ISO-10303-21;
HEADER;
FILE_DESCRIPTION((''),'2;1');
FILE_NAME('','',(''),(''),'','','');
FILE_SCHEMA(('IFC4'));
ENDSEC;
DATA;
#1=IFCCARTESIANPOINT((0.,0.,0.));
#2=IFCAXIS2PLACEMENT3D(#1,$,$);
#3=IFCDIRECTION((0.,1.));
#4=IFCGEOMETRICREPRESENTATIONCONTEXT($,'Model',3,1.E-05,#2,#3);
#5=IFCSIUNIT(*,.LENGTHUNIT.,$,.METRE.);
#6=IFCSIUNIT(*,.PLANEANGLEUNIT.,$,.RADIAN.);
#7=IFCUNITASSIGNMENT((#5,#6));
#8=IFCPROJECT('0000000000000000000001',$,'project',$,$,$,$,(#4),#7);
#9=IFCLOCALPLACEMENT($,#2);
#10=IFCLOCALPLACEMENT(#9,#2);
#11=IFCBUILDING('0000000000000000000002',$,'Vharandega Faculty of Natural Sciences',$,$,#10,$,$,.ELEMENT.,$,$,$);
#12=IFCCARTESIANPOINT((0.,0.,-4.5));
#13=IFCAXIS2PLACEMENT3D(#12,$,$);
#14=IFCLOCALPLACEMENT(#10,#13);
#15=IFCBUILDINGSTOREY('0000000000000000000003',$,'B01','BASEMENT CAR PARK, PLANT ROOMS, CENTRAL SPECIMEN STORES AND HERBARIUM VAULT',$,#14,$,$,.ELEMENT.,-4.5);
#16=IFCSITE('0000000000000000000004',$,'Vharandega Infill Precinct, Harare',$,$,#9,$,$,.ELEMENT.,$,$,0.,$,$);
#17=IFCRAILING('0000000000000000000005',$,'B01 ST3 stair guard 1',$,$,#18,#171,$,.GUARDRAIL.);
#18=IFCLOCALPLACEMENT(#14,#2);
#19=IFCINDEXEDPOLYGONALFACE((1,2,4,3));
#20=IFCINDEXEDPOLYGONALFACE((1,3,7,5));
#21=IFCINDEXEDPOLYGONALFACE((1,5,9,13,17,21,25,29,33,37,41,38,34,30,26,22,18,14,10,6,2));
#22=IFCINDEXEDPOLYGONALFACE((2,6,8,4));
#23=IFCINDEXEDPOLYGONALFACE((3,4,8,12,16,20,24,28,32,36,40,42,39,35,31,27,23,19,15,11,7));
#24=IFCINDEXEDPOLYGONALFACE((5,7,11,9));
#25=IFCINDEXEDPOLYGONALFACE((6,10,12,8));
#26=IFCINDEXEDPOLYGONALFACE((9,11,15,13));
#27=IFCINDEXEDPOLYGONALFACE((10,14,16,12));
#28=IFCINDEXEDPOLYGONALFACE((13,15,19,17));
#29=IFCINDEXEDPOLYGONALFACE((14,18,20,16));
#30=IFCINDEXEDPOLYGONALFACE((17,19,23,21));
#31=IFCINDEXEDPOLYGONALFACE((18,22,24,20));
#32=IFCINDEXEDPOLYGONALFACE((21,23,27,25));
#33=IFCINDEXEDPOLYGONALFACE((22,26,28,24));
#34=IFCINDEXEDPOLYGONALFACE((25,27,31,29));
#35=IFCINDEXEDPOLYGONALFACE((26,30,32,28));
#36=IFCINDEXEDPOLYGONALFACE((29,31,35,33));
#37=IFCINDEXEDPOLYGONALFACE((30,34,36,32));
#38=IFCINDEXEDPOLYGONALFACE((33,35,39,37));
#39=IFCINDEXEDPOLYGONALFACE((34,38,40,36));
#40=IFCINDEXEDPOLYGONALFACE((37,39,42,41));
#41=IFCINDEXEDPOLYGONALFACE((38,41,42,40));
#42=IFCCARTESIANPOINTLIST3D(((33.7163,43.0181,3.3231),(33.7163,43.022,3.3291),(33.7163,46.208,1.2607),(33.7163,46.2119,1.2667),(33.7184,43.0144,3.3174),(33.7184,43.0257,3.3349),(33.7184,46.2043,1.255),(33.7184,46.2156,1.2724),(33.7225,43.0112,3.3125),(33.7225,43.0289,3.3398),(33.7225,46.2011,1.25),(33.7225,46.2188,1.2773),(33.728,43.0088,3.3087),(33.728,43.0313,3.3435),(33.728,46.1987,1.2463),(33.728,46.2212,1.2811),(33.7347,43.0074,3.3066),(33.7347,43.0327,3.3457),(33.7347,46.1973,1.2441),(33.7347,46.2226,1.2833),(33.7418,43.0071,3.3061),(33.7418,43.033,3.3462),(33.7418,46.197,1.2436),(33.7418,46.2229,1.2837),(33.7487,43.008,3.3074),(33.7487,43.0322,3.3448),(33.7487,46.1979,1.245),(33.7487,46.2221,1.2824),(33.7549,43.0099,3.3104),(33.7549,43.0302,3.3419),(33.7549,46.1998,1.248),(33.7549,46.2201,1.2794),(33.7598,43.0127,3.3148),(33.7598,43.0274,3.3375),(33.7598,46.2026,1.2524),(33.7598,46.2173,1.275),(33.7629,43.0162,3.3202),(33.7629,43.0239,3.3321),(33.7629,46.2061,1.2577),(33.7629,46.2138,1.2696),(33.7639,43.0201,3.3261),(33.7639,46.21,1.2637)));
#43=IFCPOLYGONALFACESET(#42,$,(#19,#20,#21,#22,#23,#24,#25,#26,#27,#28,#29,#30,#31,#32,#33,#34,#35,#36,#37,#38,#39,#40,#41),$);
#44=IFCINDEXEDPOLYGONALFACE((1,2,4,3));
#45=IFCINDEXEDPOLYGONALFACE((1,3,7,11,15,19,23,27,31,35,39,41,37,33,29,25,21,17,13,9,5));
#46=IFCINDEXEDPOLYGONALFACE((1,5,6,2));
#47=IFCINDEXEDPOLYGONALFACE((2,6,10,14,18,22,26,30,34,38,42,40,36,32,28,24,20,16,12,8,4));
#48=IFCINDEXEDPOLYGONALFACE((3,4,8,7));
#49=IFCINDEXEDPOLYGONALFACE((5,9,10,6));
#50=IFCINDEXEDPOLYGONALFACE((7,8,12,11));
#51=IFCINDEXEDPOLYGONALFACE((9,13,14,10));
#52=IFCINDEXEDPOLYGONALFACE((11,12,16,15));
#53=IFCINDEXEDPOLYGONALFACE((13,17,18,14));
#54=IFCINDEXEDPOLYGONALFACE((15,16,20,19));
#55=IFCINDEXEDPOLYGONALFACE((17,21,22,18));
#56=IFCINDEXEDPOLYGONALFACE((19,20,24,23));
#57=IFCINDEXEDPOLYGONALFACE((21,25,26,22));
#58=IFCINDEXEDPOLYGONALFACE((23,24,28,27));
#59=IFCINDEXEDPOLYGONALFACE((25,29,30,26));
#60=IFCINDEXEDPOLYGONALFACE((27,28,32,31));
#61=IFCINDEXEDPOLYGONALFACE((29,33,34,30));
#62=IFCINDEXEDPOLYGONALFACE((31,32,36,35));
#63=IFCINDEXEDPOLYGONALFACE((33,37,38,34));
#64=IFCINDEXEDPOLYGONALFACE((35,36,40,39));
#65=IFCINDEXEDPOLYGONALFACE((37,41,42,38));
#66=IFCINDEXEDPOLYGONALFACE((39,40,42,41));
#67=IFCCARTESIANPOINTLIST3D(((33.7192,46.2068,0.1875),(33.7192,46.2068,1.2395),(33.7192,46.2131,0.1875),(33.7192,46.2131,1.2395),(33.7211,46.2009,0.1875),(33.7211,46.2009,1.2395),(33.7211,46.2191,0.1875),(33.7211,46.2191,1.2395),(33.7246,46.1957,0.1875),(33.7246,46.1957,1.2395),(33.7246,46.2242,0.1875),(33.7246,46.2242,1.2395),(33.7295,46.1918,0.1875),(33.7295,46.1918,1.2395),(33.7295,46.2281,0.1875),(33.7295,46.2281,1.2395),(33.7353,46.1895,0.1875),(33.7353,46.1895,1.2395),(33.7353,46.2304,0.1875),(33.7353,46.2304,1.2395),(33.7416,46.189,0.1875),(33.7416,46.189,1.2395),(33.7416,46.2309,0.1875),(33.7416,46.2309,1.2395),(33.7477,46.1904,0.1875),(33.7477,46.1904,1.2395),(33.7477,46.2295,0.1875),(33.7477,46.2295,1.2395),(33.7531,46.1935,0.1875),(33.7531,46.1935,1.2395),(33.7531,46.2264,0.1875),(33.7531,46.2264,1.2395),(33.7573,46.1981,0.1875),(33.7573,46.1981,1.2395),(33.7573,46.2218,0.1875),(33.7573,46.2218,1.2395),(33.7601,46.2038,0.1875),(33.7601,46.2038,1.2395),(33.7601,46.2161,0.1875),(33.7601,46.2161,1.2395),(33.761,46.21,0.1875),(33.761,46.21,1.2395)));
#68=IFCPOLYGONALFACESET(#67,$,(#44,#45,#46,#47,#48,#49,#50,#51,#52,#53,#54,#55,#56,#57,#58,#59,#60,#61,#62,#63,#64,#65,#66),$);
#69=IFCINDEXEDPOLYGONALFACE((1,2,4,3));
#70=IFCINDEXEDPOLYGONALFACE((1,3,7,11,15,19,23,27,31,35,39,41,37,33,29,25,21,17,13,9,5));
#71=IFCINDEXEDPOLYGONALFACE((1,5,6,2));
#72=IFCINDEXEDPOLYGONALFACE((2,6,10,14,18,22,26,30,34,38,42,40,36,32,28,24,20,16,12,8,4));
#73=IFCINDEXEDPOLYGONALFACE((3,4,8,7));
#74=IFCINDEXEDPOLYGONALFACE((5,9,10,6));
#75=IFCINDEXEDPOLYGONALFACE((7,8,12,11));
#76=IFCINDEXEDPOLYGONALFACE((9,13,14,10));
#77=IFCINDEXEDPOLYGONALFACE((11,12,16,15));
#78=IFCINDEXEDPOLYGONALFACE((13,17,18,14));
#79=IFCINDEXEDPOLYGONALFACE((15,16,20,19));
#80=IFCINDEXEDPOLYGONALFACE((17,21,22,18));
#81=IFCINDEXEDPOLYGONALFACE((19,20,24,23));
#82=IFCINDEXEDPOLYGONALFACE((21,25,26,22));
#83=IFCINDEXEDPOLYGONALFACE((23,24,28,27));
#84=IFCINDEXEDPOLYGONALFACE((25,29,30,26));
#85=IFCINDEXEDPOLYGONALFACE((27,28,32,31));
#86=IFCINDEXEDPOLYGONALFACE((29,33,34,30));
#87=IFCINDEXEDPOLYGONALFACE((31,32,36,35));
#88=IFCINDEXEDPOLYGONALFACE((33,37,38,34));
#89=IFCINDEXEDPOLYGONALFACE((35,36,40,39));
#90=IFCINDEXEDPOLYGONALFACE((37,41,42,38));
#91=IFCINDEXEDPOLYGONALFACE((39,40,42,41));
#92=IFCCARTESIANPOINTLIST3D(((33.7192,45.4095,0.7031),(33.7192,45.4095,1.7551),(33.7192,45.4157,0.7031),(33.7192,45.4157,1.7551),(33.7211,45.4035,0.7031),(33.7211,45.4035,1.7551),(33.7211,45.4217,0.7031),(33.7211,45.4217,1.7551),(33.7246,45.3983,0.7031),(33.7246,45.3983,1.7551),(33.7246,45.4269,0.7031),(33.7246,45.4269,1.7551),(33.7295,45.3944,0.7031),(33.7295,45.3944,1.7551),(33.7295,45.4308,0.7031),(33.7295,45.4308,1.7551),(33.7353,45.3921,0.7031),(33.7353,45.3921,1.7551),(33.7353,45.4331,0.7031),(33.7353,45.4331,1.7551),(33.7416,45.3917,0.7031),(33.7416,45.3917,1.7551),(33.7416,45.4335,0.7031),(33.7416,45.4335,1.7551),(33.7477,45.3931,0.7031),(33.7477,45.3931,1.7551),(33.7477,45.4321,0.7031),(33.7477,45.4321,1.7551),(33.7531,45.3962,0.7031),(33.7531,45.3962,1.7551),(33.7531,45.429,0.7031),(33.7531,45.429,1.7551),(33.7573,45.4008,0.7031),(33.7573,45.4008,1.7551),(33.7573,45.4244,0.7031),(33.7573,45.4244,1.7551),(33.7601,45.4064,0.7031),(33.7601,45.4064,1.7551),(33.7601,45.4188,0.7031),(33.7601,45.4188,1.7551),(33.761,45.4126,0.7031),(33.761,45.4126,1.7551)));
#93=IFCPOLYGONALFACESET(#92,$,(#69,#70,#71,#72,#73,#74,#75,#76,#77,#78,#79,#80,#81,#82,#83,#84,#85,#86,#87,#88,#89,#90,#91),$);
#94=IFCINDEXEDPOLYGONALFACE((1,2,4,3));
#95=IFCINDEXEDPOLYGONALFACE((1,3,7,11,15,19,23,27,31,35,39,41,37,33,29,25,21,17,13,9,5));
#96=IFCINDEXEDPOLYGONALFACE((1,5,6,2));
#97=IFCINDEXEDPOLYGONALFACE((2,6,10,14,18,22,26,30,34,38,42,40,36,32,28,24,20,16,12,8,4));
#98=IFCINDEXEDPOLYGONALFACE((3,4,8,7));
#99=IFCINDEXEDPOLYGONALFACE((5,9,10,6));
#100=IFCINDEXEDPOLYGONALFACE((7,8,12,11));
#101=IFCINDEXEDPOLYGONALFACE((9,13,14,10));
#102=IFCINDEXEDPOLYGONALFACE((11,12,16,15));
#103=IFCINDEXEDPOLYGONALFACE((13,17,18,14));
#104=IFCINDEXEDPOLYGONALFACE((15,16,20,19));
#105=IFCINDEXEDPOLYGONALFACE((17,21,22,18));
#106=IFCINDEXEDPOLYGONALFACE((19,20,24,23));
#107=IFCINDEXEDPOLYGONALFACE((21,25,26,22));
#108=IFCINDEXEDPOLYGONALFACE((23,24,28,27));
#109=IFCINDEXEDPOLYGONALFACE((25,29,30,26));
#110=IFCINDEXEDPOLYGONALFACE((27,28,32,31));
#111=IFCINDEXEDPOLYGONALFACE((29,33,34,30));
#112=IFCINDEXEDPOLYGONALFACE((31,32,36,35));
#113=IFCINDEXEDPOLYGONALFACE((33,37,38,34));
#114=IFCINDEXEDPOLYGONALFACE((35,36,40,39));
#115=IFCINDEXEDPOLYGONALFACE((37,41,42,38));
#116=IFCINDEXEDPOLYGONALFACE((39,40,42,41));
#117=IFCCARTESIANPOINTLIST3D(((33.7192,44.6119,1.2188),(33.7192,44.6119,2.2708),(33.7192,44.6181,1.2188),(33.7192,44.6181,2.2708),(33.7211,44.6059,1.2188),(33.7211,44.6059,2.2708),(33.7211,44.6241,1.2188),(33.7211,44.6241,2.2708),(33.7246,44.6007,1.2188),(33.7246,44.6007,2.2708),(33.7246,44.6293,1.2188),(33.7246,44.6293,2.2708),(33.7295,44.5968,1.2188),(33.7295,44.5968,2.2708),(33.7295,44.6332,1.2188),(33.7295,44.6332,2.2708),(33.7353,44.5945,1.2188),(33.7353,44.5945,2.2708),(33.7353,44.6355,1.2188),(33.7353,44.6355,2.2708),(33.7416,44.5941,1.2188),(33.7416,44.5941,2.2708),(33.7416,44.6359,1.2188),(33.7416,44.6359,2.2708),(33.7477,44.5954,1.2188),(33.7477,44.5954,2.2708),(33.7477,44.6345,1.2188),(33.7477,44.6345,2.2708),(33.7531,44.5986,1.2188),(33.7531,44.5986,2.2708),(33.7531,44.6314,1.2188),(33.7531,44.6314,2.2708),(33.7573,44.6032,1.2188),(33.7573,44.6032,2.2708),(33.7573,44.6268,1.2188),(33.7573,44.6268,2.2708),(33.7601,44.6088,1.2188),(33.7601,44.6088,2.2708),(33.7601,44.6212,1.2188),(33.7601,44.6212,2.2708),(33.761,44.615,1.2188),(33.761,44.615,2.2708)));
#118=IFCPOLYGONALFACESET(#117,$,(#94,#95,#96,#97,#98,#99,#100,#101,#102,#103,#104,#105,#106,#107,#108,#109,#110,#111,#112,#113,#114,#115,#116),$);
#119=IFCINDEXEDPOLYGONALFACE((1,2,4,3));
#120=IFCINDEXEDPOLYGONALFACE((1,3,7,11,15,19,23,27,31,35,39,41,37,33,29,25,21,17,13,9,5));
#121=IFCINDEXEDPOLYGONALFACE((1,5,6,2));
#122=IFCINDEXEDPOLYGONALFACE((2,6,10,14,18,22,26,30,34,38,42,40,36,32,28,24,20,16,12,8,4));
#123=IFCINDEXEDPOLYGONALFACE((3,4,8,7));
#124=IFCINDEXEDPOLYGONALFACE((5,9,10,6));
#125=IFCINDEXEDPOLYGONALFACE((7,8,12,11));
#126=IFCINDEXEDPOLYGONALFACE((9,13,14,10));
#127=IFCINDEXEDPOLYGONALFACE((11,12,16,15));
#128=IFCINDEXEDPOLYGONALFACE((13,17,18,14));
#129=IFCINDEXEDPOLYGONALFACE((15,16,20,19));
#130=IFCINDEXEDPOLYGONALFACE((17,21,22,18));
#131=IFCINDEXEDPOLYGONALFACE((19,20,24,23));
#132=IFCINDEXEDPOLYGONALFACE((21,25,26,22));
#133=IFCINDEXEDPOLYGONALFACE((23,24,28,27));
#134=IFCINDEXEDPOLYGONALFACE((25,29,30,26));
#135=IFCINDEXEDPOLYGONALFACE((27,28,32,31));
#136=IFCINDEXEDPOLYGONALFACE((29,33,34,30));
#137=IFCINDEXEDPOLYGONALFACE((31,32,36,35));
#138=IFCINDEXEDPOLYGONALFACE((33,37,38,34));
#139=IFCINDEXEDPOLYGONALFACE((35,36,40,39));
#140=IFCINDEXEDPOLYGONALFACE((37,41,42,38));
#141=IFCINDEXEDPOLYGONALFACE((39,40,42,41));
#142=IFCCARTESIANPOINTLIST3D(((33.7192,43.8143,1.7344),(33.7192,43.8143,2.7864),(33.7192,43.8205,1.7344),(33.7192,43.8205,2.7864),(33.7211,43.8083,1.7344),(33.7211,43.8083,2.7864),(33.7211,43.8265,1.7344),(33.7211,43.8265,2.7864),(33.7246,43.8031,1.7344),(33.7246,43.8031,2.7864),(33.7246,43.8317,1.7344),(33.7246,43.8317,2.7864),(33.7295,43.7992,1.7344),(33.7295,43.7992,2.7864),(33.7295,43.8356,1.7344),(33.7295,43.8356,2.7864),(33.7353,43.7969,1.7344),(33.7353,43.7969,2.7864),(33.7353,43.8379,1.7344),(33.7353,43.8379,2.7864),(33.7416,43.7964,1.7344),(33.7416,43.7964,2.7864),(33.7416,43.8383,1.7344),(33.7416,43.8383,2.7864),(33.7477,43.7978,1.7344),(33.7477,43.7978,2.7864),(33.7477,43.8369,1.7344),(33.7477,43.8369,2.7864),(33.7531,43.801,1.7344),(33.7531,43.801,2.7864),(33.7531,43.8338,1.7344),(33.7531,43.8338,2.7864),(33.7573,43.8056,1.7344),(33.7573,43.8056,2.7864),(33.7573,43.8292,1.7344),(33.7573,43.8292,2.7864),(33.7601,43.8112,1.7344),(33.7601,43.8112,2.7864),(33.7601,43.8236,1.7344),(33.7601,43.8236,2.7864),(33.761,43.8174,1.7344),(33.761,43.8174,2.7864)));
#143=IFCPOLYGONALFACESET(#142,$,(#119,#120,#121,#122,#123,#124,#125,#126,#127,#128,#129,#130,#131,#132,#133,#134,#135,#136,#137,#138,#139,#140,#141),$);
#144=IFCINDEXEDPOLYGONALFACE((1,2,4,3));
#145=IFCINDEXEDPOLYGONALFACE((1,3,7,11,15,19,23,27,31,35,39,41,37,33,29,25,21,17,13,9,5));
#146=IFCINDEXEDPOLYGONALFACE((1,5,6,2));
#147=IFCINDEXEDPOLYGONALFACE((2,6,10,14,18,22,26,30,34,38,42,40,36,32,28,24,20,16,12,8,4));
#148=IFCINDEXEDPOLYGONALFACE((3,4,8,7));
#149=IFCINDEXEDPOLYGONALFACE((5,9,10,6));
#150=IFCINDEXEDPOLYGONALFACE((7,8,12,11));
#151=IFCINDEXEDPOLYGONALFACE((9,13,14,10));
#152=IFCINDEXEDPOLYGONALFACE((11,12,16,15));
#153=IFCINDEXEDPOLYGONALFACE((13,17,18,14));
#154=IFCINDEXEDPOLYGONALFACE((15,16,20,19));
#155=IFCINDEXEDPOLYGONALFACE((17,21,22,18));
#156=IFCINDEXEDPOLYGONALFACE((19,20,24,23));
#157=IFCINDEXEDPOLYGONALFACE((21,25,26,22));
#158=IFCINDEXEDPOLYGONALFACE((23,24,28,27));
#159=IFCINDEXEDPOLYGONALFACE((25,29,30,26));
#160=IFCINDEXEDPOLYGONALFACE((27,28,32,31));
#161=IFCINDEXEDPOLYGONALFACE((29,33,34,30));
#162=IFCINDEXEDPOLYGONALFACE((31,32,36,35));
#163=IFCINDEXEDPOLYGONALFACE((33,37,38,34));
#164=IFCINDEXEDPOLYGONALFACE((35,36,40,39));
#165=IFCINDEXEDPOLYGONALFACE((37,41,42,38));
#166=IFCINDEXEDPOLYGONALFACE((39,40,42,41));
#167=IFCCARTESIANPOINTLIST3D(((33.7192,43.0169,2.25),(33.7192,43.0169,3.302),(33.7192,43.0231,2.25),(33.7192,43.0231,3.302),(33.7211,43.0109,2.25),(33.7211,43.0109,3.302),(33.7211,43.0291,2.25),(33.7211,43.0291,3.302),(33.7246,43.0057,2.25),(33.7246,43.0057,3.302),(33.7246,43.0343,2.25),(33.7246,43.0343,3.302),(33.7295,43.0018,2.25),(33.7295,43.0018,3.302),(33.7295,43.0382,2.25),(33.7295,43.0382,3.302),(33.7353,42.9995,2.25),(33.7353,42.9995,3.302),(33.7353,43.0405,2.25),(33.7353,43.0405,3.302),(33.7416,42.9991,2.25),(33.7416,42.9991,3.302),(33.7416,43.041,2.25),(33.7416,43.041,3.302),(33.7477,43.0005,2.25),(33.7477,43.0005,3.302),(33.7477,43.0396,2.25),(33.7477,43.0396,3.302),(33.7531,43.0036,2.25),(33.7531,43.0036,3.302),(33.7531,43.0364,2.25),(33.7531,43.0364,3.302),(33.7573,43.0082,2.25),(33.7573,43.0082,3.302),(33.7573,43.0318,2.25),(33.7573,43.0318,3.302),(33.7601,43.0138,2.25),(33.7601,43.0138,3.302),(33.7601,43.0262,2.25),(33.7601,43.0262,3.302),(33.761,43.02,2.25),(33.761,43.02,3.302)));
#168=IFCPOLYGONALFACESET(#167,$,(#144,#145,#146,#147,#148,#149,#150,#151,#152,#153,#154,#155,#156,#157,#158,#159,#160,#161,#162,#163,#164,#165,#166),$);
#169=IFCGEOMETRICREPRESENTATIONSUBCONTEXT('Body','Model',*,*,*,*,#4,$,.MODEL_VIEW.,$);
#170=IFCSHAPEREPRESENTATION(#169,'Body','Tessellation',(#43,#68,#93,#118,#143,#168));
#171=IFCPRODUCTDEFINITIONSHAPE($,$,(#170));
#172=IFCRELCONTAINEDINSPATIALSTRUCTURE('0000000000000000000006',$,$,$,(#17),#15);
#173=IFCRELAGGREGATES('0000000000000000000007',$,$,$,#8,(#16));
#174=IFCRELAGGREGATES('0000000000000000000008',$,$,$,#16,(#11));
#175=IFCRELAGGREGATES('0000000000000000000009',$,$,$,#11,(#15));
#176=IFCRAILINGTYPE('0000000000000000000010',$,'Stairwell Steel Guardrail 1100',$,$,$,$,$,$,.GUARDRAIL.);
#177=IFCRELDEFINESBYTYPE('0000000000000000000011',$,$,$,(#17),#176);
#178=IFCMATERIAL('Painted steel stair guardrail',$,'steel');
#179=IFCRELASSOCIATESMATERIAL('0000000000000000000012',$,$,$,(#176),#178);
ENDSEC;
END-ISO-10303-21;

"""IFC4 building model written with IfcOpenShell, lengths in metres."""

from ifc_helpers import new_model, si_unit, direction, frame, origin, origin_2d, place, context, subcontext, project, spatial, circle, extrude, material, type_object, element, save


model = new_model("IFC4")

# Units and contexts
model_context = context("Model", 3, precision=1e-05, world=origin(), true_north=direction((0.0, 1.0)))
body_context = subcontext(model_context, "Body", "Model", "MODEL_VIEW")
ifc_project = project(units=[si_unit("LENGTHUNIT", "METRE"), si_unit("PLANEANGLEUNIT", "RADIAN")], contexts=[model_context])

# Site, building, storey
site_placement = place(None, origin())
site = spatial("IfcSite", under=ifc_project, at=site_placement, Name="Vharandega Infill Precinct, Harare", CompositionType="ELEMENT", RefElevation=0.0)
building_placement = place(site_placement, origin())
building = spatial("IfcBuilding", under=site, at=building_placement, Name="Vharandega Faculty of Natural Sciences", CompositionType="ELEMENT")
storey_placement = place(building_placement, frame((0.0, 0.0, -4.5)))
storey = spatial("IfcBuildingStorey", under=building, at=storey_placement, Name="B01", Description="BASEMENT CAR PARK, PLANT ROOMS, CENTRAL SPECIMEN STORES AND HERBARIUM VAULT", CompositionType="ELEMENT", Elevation=-4.5)

# Railing
ifc_material_1 = material(Name="Painted steel stair guardrail", Category="steel")
railing_type_1 = type_object("IfcRailingType", Name="Stairwell Steel Guardrail 1100", PredefinedType="GUARDRAIL", material=ifc_material_1)
railing_1_placement = place(storey_placement, frame((33.74, 46.21, 0.1875)))
element("IfcRailing", 1, at=railing_1_placement, inside=storey, type_object=railing_type_1, Name="B01 ST3 stair guard 1", PredefinedType="GUARDRAIL", context=body_context, shape_type="SweptSolid", body=[
    extrude(circle(Radius=0.0239, at=origin_2d()), frame((0.0, 0.0, 1.0762), z_axis=(0.0, -0.83976, 0.542958), x_axis=(1.0, 0.0, 0.0)), (0.0, 0.0, 1.0), 3.7986),
    extrude(circle(Radius=0.021, at=origin_2d()), origin(), (0.0, 0.0, 1.0), 1.052),
    extrude(circle(Radius=0.021, at=origin_2d()), frame((0.0, -0.7974, 0.5156)), (0.0, 0.0, 1.0), 1.052),
    extrude(circle(Radius=0.021, at=origin_2d()), frame((0.0, -1.595, 1.0312)), (0.0, 0.0, 1.0), 1.052),
    extrude(circle(Radius=0.021, at=origin_2d()), frame((0.0, -2.3926, 1.5469)), (0.0, 0.0, 1.0), 1.052),
    extrude(circle(Radius=0.021, at=origin_2d()), frame((0.0, -3.1899, 2.0625)), (0.0, 0.0, 1.0), 1.052),
])

save(model, "model.ifc")
